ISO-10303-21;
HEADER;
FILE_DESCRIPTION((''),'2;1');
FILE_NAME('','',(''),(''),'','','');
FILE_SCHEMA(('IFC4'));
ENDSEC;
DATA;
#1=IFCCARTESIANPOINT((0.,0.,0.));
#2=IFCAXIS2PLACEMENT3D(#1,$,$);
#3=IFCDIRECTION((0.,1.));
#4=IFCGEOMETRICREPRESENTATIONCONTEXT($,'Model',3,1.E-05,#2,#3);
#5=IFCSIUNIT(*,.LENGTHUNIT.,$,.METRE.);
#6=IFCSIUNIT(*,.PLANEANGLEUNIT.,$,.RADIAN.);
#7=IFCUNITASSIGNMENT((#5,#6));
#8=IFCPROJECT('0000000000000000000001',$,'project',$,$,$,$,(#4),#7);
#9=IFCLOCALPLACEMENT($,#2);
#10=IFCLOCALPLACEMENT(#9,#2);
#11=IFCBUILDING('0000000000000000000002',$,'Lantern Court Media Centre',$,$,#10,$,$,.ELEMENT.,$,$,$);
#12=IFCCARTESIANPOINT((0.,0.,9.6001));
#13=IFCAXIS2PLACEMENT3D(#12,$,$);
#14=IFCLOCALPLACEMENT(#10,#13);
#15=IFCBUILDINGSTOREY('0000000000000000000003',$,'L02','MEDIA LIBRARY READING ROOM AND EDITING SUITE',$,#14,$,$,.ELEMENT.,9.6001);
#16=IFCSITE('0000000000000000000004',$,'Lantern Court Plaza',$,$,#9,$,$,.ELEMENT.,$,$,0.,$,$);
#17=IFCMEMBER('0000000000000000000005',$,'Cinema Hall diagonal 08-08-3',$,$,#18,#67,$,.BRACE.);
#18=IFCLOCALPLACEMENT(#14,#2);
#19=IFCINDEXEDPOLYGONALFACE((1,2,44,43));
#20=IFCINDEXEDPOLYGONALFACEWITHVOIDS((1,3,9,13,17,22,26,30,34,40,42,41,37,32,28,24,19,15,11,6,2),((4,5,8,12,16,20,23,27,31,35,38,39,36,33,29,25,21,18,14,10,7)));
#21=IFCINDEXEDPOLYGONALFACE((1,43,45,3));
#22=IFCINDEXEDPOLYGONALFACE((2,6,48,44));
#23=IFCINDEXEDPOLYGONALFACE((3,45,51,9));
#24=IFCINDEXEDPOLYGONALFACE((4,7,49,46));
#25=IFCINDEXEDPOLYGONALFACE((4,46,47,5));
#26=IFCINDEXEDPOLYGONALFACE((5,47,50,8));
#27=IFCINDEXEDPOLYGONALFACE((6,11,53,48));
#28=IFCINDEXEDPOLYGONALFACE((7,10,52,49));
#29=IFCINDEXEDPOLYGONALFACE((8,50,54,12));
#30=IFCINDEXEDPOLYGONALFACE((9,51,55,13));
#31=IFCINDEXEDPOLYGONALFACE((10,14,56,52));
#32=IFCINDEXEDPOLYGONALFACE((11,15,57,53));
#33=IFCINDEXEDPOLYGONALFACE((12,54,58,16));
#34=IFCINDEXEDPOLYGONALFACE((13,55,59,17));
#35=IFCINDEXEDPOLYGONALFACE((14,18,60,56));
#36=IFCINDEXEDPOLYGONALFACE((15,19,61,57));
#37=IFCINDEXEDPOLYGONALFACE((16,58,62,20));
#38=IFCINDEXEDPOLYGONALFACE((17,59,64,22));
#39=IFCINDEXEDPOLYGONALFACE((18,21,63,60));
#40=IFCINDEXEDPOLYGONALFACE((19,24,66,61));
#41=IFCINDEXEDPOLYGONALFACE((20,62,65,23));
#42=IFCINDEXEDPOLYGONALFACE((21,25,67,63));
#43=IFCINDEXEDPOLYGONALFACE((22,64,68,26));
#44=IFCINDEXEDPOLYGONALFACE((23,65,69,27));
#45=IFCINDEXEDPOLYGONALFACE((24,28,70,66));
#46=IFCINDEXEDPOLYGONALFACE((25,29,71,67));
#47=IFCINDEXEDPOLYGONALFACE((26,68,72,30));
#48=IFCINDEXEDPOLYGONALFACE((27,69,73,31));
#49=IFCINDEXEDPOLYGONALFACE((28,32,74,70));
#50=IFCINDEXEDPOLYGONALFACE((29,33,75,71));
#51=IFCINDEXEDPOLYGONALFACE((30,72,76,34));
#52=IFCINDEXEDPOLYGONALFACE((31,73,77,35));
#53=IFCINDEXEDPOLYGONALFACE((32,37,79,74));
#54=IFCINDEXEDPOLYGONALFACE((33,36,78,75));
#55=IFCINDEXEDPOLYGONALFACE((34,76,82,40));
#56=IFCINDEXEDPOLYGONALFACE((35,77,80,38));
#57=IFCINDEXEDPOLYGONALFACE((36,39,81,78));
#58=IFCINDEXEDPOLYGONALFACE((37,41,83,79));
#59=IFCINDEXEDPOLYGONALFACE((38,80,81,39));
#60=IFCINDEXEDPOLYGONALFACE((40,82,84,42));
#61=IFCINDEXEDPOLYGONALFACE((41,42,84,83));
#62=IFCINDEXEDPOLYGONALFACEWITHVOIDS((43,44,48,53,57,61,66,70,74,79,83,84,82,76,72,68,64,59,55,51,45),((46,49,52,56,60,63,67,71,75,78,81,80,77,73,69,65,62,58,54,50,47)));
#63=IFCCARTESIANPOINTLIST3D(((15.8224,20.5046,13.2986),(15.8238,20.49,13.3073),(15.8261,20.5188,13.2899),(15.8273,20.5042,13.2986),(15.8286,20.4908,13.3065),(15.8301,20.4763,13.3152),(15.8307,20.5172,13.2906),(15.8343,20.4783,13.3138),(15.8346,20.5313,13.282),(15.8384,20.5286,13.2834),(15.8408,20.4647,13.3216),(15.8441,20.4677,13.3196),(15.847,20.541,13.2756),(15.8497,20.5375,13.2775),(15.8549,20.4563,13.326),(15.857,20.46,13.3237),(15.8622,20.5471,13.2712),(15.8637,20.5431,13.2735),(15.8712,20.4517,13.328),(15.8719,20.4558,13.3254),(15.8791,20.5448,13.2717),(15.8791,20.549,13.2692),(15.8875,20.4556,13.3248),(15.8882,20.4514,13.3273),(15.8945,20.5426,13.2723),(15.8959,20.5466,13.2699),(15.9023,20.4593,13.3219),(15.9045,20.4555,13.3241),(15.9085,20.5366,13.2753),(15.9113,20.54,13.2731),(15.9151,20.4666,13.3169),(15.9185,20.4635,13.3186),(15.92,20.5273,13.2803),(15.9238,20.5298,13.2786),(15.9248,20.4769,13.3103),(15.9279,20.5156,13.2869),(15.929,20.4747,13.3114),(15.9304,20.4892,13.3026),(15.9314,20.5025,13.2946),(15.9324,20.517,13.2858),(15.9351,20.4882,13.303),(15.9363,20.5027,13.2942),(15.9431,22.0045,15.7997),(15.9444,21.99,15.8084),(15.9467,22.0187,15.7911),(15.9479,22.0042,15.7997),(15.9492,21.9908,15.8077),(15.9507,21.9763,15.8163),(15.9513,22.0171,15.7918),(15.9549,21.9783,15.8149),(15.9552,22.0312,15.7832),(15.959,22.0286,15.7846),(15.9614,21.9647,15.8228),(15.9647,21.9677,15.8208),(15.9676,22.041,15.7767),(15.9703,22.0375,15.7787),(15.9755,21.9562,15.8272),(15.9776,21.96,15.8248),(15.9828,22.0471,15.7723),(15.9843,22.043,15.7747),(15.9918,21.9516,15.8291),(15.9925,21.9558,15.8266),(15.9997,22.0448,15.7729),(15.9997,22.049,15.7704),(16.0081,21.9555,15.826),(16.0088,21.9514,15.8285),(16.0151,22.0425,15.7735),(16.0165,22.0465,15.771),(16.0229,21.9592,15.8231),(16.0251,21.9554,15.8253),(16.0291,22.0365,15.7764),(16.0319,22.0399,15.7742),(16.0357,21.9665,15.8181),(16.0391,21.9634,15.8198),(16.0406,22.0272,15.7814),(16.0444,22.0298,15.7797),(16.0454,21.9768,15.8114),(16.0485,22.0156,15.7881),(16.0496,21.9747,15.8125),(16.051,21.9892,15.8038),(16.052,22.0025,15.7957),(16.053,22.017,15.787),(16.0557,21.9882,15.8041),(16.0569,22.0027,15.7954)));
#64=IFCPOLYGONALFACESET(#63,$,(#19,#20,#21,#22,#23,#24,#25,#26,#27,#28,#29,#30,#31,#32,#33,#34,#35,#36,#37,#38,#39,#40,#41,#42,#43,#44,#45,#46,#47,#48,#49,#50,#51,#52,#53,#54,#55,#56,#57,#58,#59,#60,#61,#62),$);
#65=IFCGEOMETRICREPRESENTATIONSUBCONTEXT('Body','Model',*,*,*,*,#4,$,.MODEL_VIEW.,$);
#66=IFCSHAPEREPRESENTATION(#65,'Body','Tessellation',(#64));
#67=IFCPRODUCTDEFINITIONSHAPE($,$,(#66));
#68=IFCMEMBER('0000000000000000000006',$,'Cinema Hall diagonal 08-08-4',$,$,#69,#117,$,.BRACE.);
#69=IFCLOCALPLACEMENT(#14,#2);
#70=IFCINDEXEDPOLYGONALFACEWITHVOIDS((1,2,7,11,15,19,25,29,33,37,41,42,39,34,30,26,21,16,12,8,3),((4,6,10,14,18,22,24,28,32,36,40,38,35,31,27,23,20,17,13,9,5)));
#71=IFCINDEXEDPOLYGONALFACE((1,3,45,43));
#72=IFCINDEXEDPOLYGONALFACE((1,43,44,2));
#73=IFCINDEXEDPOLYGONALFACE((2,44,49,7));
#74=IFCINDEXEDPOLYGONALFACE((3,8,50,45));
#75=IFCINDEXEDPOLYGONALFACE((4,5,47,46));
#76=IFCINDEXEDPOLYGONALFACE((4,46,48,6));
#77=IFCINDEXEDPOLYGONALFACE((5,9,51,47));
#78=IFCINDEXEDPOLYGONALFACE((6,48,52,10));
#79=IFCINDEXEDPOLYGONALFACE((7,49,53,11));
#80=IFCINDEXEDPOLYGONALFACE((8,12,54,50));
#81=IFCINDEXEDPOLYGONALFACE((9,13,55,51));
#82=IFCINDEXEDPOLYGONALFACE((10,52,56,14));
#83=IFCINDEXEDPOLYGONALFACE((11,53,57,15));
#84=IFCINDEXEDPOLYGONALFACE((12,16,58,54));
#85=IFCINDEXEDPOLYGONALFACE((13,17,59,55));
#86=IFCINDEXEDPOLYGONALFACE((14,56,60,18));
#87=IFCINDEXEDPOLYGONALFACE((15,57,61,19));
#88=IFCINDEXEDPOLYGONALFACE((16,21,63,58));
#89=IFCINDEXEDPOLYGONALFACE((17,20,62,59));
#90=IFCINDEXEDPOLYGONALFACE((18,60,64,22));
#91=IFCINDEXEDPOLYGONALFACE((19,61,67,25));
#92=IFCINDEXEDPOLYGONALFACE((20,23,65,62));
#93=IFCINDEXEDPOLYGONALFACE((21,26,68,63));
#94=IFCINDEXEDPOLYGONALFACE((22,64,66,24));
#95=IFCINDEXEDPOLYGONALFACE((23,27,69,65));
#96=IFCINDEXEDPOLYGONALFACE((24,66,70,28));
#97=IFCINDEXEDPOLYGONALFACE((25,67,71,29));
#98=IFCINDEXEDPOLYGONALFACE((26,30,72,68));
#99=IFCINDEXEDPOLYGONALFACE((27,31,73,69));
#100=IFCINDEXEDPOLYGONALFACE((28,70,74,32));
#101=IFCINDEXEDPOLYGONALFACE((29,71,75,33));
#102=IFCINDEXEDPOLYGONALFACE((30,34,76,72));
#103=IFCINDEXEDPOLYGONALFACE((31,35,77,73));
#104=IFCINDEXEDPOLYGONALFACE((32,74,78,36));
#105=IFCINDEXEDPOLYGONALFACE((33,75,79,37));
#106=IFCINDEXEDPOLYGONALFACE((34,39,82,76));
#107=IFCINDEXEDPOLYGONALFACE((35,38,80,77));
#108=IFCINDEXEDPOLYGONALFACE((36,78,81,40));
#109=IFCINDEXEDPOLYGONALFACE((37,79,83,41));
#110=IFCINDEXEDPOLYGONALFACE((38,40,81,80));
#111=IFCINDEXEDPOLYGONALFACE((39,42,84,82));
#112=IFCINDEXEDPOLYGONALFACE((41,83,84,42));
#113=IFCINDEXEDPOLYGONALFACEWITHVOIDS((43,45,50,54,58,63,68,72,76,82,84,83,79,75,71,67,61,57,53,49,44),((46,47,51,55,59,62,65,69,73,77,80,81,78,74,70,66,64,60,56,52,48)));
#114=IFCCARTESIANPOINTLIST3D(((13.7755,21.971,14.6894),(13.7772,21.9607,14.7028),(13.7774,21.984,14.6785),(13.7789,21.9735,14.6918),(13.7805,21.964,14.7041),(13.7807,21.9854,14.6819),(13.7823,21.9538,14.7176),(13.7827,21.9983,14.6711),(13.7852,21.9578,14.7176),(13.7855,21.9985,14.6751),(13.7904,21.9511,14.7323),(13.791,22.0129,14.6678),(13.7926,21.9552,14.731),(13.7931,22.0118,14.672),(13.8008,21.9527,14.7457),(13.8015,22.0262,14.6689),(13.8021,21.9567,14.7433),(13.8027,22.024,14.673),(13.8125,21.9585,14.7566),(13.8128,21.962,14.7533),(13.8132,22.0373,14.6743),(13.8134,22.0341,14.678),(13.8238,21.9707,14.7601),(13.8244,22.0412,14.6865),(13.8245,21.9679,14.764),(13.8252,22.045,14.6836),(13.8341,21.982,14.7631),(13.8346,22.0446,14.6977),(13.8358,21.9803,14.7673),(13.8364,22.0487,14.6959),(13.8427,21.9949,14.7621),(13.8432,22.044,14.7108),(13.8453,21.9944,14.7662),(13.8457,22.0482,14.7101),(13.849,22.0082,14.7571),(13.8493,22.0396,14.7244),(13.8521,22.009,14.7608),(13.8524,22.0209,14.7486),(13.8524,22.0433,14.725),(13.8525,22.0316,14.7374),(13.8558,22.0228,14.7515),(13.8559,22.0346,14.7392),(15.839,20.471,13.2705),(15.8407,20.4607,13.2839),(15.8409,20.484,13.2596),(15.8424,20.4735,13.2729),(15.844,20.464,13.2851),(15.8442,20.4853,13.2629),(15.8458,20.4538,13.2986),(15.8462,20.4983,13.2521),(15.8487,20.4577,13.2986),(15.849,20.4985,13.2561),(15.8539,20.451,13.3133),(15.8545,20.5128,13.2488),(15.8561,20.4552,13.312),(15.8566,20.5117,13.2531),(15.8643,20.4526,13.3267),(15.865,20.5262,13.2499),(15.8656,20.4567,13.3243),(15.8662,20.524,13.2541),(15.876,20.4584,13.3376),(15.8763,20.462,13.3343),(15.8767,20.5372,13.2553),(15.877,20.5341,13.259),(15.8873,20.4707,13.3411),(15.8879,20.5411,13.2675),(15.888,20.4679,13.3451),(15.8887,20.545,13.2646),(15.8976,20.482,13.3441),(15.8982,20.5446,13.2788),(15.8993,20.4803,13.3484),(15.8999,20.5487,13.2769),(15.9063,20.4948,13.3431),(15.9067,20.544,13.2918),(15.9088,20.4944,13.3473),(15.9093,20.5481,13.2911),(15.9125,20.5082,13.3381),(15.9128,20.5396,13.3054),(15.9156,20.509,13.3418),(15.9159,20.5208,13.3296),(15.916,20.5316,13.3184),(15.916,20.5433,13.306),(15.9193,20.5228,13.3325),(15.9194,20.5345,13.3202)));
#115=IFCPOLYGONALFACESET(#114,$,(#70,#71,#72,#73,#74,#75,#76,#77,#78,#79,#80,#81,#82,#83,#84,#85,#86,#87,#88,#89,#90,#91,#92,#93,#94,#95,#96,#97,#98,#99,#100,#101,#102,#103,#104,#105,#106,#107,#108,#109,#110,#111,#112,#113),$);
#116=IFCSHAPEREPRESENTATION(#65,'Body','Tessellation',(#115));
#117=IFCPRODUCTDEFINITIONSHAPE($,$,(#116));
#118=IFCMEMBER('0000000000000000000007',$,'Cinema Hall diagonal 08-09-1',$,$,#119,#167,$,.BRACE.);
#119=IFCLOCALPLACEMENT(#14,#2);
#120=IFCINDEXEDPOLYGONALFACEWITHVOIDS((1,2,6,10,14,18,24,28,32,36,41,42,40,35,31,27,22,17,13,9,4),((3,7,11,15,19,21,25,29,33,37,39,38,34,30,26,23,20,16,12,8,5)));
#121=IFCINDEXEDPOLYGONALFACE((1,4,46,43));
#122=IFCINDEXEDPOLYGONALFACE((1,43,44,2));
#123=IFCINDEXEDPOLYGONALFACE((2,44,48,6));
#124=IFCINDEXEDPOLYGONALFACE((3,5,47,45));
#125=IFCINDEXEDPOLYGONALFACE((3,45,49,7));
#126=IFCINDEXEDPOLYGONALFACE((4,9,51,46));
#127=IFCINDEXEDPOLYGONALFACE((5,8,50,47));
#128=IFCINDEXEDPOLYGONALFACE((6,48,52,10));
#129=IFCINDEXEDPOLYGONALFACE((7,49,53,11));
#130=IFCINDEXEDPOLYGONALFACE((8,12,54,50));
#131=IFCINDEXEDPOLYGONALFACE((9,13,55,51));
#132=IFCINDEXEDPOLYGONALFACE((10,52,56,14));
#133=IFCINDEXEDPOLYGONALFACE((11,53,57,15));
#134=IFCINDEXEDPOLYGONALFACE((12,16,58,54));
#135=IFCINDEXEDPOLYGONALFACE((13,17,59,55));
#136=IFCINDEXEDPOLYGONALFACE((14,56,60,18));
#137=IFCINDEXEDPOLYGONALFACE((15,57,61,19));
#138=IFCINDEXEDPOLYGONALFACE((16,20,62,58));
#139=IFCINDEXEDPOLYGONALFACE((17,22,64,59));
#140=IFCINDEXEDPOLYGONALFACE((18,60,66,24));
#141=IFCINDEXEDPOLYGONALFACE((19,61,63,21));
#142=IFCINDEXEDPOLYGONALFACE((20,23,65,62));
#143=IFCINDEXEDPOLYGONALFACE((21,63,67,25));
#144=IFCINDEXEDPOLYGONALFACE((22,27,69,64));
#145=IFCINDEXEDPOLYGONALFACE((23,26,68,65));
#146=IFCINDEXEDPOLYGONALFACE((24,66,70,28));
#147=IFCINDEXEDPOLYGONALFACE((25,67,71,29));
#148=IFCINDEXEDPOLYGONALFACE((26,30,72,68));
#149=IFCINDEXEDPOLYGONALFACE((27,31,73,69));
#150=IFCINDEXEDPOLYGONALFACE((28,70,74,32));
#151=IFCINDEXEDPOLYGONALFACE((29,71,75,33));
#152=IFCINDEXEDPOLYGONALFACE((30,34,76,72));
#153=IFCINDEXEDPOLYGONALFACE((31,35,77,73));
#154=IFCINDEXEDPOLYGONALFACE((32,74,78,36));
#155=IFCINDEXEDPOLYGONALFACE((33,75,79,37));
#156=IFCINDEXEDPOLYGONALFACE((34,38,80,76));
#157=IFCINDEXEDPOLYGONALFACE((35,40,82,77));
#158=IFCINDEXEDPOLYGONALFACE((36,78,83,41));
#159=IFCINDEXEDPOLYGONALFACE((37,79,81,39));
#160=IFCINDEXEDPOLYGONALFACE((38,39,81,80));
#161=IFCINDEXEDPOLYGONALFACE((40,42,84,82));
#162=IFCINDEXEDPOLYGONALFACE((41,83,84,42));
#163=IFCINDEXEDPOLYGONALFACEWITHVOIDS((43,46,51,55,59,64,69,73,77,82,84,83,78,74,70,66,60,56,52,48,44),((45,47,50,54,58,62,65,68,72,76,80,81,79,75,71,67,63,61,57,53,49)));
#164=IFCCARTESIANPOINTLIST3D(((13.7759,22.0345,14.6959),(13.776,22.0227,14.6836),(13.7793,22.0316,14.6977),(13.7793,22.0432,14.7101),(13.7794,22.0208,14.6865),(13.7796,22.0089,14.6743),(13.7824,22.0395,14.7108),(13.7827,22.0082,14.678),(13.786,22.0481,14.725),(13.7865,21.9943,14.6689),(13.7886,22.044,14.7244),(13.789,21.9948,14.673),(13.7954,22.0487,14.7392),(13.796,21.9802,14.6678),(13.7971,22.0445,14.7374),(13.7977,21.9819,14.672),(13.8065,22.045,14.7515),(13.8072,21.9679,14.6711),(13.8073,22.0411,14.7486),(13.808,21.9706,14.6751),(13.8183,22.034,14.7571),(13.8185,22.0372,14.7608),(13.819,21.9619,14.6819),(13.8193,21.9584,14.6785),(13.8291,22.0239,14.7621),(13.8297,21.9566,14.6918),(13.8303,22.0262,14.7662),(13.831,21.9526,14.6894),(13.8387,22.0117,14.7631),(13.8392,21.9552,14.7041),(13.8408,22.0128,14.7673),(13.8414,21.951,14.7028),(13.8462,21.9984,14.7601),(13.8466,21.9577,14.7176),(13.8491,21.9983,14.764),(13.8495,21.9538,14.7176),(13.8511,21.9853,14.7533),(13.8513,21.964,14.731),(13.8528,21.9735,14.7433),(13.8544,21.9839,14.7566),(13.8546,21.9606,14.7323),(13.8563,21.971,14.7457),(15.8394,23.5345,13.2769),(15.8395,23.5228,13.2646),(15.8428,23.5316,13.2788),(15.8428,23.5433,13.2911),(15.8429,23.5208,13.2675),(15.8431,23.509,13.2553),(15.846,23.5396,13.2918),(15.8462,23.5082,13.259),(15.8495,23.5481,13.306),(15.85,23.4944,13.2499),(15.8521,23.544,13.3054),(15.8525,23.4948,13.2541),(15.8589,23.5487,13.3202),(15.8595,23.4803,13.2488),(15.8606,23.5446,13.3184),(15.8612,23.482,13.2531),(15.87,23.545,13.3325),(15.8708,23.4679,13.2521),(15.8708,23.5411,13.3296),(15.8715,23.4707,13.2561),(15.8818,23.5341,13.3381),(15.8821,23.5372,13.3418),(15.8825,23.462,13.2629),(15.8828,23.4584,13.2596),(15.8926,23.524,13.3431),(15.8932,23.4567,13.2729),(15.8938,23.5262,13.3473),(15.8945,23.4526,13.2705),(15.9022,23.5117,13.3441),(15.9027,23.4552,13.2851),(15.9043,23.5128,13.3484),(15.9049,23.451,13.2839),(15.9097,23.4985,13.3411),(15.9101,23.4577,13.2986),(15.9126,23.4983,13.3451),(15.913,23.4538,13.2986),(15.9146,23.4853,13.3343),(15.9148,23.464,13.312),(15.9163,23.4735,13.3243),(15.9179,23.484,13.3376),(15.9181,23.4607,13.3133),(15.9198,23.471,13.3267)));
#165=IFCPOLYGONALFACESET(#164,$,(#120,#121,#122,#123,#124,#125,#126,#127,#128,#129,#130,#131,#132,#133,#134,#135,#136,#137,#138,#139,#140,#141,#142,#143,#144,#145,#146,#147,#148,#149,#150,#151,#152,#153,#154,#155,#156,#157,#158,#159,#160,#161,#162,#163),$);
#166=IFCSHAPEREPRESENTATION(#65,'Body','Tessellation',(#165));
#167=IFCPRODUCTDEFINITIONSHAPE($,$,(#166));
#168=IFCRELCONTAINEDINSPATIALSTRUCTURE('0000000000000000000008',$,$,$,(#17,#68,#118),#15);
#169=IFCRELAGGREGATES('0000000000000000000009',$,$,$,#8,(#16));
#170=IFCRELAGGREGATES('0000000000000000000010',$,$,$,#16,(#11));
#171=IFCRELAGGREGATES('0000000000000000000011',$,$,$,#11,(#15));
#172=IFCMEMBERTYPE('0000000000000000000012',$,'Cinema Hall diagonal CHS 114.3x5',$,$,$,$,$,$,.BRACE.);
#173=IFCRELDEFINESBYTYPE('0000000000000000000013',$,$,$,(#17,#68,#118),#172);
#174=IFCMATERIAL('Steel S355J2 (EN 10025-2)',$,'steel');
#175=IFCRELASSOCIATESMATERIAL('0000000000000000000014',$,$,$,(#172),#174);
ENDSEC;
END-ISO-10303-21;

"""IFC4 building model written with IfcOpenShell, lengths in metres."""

from ifc_helpers import new_model, si_unit, direction, frame, origin, origin_2d, place, context, subcontext, project, spatial, hollow_circle, extrude, material, material_profile, profile_set, type_object, element, save


model = new_model("IFC4")

# Units and contexts
model_context = context("Model", 3, precision=1e-05, world=origin(), true_north=direction((0.0, 1.0)))
body_context = subcontext(model_context, "Body", "Model", "MODEL_VIEW")
ifc_project = project(units=[si_unit("LENGTHUNIT", "METRE"), si_unit("PLANEANGLEUNIT", "RADIAN")], contexts=[model_context])

# Site, building, storey
site_placement = place(None, origin())
site = spatial("IfcSite", under=ifc_project, at=site_placement, Name="Lantern Court Plaza", CompositionType="ELEMENT", RefElevation=0.0)
building_placement = place(site_placement, origin())
building = spatial("IfcBuilding", under=site, at=building_placement, Name="Lantern Court Media Centre", CompositionType="ELEMENT")
storey_placement = place(building_placement, frame((0.0, 0.0, 9.6001)))
storey = spatial("IfcBuildingStorey", under=building, at=storey_placement, Name="L02", Description="MEDIA LIBRARY READING ROOM AND EDITING SUITE", CompositionType="ELEMENT", Elevation=9.6001)

# Members
ifc_material = material(Name="Steel S355J2 (EN 10025-2)", Category="steel")
ifc_material_profile_1 = material_profile(ifc_material, hollow_circle(Radius=0.0571, WallThickness=0.0049, at=origin_2d()), Name="Cinema Hall diagonal CHS 114.3x5")
ifc_profile_set_1 = profile_set([ifc_material_profile_1], Name="Steel S355J2 (EN 10025-2)")
member_type_1 = type_object("IfcMemberType", Name="Cinema Hall diagonal CHS 114.3x5", PredefinedType="BRACE", material=ifc_profile_set_1)
for number, where, z_axis, x_axis, name in (
    (1, (15.8794, 20.5, 13.2986), (0.041317, 0.513872, 0.856871), (-0.996783, 0.080145, 0.0), "Cinema Hall diagonal 08-08-3"),
):
    element("IfcMember", number, at=place(storey_placement, frame(where, z_axis=z_axis, x_axis=x_axis)), inside=storey, type_object=member_type_1, Name=name, PredefinedType="BRACE", context=body_context, shape_type="SweptSolid", body=[
        extrude(hollow_circle(Radius=0.0571, WallThickness=0.0049, at=origin_2d()), origin(), (0.0, 0.0, 1.0), 2.9189),
    ])
for number, where, z_axis, x_axis, name in (
    (2, (15.8794, 20.5, 13.2986), (-0.70688, 0.513851, 0.486084), (-0.58799, -0.808868, 0.0), "Cinema Hall diagonal 08-08-4"),
    (3, (15.8794, 23.5, 13.2986), (-0.70688, -0.513851, 0.486084), (0.58799, -0.808868, 0.0), "Cinema Hall diagonal 08-09-1"),
):
    element("IfcMember", number, at=place(storey_placement, frame(where, z_axis=z_axis, x_axis=x_axis)), inside=storey, type_object=member_type_1, Name=name, PredefinedType="BRACE", context=body_context, shape_type="SweptSolid", body=[
        extrude(hollow_circle(Radius=0.0571, WallThickness=0.0049, at=origin_2d()), origin(), (0.0, 0.0, 1.0), 2.9192),
    ])

save(model, "model.ifc")
